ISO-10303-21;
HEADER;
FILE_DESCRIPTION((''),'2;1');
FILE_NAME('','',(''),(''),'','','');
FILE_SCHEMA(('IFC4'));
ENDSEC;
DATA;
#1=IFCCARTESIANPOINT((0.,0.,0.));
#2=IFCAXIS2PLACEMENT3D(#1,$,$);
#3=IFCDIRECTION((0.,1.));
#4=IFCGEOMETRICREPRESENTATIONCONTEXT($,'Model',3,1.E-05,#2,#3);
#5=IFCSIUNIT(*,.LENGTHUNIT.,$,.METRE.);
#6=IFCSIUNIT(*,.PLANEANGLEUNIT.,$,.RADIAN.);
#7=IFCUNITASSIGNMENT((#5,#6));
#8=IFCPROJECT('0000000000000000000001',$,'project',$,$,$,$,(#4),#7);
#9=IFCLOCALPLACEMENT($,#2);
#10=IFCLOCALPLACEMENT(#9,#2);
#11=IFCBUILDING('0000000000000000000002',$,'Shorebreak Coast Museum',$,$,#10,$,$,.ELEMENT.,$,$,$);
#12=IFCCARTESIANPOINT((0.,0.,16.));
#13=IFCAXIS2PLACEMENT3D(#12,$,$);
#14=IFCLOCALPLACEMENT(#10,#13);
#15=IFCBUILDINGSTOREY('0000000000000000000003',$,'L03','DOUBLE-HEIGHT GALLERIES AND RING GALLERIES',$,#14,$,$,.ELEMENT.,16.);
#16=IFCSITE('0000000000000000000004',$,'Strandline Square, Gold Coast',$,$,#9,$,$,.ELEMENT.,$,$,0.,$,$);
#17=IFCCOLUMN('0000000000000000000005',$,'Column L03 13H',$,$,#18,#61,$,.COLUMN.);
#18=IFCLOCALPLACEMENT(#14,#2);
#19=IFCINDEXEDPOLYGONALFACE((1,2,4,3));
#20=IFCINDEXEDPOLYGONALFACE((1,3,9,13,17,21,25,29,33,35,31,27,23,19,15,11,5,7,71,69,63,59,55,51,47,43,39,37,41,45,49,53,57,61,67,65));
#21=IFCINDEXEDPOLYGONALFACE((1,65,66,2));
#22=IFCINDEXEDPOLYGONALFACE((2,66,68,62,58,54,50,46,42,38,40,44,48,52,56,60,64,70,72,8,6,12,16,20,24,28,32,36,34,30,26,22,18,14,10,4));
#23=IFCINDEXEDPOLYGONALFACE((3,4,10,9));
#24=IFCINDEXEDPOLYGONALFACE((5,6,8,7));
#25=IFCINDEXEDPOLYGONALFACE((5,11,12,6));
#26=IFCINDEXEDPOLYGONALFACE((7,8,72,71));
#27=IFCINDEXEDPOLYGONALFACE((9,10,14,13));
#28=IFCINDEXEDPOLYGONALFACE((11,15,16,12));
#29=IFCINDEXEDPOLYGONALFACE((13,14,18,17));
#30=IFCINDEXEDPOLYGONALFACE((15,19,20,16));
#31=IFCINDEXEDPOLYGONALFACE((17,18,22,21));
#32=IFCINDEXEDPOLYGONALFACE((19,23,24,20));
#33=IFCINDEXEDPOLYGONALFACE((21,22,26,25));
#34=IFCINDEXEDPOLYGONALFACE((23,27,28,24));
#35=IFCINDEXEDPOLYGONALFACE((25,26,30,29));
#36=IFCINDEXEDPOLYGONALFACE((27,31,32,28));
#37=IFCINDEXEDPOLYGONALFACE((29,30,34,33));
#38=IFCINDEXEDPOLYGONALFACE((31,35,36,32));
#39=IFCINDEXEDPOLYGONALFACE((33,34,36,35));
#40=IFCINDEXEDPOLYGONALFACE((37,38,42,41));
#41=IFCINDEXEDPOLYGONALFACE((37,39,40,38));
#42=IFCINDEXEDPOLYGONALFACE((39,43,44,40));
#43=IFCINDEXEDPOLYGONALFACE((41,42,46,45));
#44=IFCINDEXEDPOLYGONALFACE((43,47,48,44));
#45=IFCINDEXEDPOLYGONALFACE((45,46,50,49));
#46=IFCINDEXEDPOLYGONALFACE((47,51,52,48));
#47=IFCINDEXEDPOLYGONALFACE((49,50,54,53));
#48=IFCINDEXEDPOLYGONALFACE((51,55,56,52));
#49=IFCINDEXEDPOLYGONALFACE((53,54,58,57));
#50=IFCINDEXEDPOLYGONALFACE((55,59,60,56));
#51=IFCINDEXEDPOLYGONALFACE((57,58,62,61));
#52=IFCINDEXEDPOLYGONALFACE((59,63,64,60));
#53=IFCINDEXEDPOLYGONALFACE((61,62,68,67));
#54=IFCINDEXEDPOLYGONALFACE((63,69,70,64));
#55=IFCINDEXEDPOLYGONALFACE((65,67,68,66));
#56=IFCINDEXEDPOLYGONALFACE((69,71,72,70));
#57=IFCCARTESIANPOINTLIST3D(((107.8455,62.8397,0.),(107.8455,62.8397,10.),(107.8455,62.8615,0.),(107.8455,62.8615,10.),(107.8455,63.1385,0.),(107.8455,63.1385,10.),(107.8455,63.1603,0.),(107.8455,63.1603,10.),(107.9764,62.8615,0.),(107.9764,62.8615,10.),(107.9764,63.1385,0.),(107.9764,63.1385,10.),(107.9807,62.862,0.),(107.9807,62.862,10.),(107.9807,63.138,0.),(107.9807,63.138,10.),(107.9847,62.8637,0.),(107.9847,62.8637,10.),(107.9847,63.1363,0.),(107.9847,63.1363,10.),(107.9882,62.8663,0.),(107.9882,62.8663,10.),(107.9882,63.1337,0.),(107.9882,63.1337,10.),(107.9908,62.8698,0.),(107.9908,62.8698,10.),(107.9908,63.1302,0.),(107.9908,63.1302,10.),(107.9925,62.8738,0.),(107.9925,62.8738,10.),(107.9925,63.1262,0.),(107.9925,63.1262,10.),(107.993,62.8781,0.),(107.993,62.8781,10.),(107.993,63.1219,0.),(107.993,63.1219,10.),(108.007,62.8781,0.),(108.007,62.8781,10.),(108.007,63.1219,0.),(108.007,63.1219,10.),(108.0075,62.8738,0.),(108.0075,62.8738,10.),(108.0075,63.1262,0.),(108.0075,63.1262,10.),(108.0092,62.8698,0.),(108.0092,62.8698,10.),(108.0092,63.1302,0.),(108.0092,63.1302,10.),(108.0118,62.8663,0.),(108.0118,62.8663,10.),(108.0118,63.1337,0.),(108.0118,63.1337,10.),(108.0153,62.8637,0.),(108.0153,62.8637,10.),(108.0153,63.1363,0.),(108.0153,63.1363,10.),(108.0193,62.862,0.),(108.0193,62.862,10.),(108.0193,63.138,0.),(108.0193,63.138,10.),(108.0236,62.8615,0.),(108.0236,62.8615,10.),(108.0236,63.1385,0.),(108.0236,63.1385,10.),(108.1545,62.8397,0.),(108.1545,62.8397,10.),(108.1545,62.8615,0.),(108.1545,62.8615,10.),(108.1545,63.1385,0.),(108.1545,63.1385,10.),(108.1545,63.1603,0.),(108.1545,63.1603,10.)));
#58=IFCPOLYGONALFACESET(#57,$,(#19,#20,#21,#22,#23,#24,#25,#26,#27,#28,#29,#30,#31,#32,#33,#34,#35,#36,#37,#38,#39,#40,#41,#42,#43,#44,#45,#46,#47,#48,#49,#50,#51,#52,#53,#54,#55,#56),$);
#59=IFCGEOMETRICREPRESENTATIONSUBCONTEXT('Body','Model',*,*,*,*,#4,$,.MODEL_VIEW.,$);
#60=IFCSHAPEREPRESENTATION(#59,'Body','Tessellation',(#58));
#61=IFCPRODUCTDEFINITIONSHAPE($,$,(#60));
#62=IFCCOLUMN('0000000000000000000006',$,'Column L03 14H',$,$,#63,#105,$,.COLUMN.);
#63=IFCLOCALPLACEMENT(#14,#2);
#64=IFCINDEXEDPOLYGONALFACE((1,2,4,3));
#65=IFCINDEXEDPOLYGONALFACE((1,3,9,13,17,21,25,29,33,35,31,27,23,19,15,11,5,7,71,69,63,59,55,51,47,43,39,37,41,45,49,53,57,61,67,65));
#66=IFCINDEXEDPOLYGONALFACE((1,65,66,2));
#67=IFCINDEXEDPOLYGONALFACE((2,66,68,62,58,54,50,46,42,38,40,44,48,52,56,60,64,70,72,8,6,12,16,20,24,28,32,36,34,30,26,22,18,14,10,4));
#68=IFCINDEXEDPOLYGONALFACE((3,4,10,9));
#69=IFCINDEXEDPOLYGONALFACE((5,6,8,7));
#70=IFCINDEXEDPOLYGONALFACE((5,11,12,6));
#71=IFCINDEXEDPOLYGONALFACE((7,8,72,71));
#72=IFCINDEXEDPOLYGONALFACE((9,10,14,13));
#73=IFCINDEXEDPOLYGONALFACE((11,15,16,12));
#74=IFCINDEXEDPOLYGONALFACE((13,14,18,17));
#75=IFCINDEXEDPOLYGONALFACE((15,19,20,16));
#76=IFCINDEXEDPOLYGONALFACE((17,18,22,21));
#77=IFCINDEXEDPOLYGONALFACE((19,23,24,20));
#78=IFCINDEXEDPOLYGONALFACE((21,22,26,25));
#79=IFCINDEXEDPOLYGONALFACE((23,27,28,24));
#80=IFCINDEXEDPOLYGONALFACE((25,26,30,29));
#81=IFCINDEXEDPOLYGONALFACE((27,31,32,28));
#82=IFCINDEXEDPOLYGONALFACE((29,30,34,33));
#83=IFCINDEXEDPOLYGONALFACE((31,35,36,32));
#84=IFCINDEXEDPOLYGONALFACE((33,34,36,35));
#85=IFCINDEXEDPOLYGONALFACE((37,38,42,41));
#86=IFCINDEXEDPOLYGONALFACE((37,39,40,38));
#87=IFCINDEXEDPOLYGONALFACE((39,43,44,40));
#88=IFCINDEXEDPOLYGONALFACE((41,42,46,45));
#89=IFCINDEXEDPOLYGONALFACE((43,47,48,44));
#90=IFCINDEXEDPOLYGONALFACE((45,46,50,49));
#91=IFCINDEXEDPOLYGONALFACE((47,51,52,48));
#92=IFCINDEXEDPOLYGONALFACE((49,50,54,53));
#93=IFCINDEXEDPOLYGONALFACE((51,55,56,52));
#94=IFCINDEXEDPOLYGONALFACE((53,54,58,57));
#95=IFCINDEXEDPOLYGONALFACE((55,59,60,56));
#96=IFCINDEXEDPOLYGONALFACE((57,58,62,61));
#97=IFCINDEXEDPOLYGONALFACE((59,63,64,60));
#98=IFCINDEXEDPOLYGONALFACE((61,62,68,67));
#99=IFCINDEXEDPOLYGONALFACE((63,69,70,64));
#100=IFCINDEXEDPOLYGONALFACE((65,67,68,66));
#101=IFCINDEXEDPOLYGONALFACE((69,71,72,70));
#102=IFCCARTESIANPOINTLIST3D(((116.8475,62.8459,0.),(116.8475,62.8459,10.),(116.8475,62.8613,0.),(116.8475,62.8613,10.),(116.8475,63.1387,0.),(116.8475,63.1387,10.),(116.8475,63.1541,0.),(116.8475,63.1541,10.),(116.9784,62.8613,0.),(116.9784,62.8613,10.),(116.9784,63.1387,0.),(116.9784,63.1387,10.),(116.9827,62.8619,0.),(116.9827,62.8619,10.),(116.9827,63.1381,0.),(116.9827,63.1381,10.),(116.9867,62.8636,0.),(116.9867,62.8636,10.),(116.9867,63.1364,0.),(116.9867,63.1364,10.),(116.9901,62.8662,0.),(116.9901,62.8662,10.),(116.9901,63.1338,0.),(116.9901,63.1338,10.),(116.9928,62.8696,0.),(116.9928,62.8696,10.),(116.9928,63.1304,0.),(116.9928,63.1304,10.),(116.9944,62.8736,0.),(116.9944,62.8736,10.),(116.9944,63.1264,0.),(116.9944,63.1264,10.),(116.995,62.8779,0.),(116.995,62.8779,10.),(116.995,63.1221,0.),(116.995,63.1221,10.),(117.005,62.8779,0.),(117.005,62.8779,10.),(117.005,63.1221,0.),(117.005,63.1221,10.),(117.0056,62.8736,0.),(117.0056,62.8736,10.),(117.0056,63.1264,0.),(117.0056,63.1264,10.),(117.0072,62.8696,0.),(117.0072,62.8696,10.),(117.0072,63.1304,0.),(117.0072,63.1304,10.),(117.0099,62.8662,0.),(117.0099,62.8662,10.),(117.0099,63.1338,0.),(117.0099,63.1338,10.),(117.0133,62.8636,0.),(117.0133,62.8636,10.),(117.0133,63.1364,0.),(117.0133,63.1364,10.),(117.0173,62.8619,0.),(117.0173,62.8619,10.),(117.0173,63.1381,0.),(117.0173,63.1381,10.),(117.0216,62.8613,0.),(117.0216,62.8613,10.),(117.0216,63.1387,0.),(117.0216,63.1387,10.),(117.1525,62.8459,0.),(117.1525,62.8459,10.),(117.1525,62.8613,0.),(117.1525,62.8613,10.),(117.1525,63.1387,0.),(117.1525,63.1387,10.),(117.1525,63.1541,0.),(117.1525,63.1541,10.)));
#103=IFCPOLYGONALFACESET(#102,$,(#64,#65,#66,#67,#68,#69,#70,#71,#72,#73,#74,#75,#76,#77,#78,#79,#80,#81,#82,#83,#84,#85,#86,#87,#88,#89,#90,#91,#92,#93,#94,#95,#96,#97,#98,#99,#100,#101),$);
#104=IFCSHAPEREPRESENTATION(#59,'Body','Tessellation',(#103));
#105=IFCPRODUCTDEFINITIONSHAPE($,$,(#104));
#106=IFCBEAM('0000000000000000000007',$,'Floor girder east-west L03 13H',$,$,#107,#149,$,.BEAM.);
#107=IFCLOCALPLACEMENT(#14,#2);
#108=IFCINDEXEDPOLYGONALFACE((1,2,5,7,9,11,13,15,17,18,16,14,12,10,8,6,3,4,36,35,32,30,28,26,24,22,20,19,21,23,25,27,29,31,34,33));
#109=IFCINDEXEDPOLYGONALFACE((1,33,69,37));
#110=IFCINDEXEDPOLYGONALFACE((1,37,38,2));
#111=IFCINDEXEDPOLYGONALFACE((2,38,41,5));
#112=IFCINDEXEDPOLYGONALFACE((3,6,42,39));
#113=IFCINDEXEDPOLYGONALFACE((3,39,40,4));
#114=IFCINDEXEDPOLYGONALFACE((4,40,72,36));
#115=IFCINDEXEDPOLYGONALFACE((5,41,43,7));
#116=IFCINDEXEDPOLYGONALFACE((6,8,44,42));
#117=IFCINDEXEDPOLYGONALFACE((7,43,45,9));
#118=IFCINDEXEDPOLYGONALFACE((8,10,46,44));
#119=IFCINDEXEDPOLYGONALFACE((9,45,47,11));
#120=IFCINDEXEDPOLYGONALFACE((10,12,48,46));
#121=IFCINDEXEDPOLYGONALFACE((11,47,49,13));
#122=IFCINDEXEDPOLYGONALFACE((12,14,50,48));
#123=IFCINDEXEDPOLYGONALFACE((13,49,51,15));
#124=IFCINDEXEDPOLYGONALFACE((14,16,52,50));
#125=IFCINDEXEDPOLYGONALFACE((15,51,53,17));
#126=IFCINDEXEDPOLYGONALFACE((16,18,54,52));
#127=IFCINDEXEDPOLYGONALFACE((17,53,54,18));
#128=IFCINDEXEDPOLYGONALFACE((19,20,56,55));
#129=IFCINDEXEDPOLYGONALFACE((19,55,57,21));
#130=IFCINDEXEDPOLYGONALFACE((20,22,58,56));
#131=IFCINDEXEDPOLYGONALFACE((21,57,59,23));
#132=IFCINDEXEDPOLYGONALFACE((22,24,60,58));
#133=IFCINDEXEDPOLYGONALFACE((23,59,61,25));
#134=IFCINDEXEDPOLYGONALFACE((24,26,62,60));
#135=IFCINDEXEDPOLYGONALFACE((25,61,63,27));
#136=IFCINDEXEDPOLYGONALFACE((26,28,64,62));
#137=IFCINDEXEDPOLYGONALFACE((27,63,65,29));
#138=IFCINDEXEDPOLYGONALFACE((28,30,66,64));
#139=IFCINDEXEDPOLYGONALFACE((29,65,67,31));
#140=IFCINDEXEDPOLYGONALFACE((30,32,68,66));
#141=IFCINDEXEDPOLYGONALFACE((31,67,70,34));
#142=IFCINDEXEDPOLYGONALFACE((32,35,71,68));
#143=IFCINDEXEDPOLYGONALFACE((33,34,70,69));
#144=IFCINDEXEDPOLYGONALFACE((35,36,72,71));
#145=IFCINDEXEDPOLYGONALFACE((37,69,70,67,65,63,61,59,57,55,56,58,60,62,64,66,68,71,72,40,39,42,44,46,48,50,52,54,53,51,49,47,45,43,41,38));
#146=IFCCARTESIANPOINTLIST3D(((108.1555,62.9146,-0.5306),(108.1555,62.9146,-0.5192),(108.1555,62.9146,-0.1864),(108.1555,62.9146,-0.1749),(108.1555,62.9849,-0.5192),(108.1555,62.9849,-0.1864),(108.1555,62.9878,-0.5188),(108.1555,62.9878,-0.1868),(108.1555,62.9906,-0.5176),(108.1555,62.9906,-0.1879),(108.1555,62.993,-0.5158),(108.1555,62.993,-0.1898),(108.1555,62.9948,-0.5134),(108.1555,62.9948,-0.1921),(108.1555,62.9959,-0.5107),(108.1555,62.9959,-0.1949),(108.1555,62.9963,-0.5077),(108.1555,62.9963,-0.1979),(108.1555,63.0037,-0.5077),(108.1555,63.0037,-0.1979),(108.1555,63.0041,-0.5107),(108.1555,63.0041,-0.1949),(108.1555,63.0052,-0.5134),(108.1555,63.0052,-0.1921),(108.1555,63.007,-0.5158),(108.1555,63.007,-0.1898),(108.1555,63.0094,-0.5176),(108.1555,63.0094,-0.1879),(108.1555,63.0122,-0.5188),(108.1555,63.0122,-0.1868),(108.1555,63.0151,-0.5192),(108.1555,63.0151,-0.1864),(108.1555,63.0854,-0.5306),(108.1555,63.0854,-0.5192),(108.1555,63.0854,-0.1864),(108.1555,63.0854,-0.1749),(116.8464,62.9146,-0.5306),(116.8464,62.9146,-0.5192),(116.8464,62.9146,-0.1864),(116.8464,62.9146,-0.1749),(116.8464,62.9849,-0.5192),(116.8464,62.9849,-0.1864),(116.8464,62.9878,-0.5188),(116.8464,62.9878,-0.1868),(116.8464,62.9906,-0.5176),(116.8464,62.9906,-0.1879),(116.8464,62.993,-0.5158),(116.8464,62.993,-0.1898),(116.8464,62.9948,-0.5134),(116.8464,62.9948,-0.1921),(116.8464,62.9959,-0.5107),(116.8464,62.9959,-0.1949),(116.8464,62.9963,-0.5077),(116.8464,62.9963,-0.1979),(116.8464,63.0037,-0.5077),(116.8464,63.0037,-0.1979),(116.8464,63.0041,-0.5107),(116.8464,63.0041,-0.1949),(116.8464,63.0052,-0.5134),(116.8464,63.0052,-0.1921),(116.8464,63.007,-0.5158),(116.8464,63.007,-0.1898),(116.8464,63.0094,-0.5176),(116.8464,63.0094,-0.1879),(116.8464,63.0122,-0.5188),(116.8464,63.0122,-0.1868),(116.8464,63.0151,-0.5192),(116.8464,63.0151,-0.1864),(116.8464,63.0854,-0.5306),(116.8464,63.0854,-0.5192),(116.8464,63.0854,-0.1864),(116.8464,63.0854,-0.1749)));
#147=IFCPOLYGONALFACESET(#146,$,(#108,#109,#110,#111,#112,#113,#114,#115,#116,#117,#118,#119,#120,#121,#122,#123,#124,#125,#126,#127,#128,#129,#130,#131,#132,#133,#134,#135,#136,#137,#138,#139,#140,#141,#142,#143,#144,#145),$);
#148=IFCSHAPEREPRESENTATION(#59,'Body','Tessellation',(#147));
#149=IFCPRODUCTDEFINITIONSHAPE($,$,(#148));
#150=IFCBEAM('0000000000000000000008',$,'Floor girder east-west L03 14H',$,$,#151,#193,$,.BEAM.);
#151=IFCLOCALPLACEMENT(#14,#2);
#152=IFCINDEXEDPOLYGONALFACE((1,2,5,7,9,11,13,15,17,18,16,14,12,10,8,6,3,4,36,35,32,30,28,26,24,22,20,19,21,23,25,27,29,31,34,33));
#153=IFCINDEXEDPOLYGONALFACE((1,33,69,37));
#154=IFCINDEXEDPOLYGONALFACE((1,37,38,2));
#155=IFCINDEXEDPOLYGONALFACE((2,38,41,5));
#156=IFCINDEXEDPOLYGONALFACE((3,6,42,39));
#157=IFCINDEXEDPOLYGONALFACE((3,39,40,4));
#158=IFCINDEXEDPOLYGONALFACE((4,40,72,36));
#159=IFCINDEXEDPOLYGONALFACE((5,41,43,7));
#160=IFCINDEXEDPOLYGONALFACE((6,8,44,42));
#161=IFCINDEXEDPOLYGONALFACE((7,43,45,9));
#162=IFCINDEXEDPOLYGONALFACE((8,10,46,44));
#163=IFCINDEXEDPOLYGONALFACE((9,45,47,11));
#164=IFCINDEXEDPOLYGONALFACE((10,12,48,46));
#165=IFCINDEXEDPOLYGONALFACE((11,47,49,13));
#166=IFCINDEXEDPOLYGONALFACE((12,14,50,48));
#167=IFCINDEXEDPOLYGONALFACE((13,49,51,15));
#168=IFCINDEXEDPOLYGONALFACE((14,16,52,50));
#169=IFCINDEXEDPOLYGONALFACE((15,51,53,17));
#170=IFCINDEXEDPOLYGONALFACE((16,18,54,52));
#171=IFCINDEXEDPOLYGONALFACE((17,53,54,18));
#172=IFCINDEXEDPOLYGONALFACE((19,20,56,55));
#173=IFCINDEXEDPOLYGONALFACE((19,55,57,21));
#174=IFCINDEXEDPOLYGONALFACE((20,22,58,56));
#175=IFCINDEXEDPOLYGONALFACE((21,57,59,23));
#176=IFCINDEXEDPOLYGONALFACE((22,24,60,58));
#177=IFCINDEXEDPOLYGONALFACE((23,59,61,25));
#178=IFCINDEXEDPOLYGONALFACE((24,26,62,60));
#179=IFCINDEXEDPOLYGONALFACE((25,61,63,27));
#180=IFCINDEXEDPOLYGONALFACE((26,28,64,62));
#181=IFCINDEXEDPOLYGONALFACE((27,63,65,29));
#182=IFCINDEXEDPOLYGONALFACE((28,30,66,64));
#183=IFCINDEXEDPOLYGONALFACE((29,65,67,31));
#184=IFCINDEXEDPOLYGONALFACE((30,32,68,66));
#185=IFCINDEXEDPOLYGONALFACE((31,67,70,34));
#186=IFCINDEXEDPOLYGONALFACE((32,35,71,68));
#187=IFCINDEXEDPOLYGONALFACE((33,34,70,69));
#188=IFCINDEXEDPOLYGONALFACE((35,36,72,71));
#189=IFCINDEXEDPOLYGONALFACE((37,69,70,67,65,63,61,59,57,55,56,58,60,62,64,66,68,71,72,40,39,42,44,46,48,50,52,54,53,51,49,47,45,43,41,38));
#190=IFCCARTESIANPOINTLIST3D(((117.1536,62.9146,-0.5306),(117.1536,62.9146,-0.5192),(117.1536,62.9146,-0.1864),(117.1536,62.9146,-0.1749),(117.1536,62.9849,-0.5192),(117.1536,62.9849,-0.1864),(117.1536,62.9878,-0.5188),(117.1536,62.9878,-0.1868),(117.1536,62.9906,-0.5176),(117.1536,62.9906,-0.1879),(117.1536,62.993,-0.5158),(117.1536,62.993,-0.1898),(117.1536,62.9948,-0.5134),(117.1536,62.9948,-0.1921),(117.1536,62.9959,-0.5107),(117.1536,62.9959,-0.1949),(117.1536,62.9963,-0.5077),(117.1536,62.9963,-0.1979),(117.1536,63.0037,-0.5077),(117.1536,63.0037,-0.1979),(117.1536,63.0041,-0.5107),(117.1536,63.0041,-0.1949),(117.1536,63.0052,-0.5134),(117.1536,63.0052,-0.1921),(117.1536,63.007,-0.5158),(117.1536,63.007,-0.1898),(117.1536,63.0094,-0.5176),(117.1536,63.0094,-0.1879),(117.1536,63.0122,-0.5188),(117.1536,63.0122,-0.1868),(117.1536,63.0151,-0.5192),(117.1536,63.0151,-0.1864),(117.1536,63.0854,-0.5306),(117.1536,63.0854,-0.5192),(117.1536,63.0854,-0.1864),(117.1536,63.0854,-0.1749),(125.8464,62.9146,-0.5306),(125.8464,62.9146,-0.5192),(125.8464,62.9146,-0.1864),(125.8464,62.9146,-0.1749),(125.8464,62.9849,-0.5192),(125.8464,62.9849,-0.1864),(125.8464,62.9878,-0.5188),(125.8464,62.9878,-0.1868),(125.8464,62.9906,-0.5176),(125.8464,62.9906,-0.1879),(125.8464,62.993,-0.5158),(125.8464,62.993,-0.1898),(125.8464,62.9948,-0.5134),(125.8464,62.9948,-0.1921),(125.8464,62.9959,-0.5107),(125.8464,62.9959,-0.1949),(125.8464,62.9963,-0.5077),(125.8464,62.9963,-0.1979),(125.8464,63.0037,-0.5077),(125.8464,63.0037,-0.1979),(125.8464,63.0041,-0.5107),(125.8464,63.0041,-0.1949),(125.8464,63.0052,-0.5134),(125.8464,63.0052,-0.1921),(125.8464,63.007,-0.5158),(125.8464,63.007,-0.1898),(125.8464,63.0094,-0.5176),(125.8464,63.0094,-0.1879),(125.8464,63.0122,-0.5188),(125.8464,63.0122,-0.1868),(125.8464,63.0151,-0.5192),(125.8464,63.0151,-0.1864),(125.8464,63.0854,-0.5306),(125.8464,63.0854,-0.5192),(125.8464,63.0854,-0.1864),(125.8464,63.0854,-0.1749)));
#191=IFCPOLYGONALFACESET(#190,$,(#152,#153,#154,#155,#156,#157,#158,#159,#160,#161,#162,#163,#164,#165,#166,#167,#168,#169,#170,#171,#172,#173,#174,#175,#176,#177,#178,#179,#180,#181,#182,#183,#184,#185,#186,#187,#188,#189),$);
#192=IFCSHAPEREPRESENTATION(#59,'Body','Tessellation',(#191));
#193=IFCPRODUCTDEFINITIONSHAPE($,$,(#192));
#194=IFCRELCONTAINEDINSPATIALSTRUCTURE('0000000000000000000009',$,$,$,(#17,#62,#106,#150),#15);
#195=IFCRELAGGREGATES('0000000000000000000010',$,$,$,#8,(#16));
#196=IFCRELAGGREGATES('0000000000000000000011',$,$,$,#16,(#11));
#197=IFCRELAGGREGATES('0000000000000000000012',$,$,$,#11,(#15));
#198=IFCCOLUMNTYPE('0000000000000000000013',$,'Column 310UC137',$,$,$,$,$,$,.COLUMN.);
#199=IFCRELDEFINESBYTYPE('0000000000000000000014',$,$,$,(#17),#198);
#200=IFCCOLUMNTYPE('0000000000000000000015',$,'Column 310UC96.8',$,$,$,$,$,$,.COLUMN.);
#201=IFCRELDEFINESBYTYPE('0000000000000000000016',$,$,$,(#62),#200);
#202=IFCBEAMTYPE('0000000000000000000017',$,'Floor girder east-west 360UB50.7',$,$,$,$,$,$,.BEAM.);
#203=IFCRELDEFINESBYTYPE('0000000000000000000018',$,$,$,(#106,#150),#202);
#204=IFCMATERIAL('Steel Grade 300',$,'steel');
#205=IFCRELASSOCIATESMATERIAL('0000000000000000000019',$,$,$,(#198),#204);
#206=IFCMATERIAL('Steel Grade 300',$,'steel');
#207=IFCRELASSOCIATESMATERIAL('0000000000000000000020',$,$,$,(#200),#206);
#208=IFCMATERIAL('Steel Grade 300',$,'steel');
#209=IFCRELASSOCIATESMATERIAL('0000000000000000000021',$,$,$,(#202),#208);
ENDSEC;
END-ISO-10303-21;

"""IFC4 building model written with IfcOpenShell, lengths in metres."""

from ifc_helpers import new_model, si_unit, direction, frame, origin, origin_2d, place, context, subcontext, project, spatial, i_section, extrude, material, material_profile, profile_set, type_object, element, save


model = new_model("IFC4")

# Units and contexts
model_context = context("Model", 3, precision=1e-05, world=origin(), true_north=direction((0.0, 1.0)))
body_context = subcontext(model_context, "Body", "Model", "MODEL_VIEW")
ifc_project = project(units=[si_unit("LENGTHUNIT", "METRE"), si_unit("PLANEANGLEUNIT", "RADIAN")], contexts=[model_context])

# Site, building, storey
site_placement = place(None, origin())
site = spatial("IfcSite", under=ifc_project, at=site_placement, Name="Strandline Square, Gold Coast", CompositionType="ELEMENT", RefElevation=0.0)
building_placement = place(site_placement, origin())
building = spatial("IfcBuilding", under=site, at=building_placement, Name="Shorebreak Coast Museum", CompositionType="ELEMENT")
storey_placement = place(building_placement, frame((0.0, 0.0, 16.0)))
storey = spatial("IfcBuildingStorey", under=building, at=storey_placement, Name="L03", Description="DOUBLE-HEIGHT GALLERIES AND RING GALLERIES", CompositionType="ELEMENT", Elevation=16.0)

# Columns
ifc_material_1 = material(Name="Steel Grade 300", Category="steel")
ifc_material_profile_1 = material_profile(ifc_material_1, i_section(OverallWidth=0.3091, OverallDepth=0.3206, WebThickness=0.0139, FlangeThickness=0.0217, FilletRadius=0.0166, at=origin_2d()), Name="310UC137")
ifc_profile_set_1 = profile_set([ifc_material_profile_1], Name="Steel Grade 300")
column_type_1 = type_object("IfcColumnType", Name="Column 310UC137", PredefinedType="COLUMN", material=ifc_profile_set_1)
column_1_placement = place(storey_placement, frame((108.0, 63.0, 0.0), z_axis=(0.0, 0.0, 1.0), x_axis=(1.0, 0.0, 0.0)))
element("IfcColumn", 1, at=column_1_placement, inside=storey, type_object=column_type_1, Name="Column L03 13H", PredefinedType="COLUMN", context=body_context, shape_type="SweptSolid", body=[
    extrude(i_section(OverallWidth=0.3091, OverallDepth=0.3206, WebThickness=0.0139, FlangeThickness=0.0217, FilletRadius=0.0166, at=origin_2d()), origin(), (0.0, 0.0, 1.0), 10.0),
])
ifc_material_2 = material(Name="Steel Grade 300", Category="steel")
ifc_material_profile_2 = material_profile(ifc_material_2, i_section(OverallWidth=0.3049, OverallDepth=0.3081, WebThickness=0.01, FlangeThickness=0.0154, FilletRadius=0.0166, at=origin_2d()), Name="310UC96.8")
ifc_profile_set_2 = profile_set([ifc_material_profile_2], Name="Steel Grade 300")
column_type_2 = type_object("IfcColumnType", Name="Column 310UC96.8", PredefinedType="COLUMN", material=ifc_profile_set_2)
column_2_placement = place(storey_placement, frame((117.0, 63.0, 0.0), z_axis=(0.0, 0.0, 1.0), x_axis=(1.0, 0.0, 0.0)))
element("IfcColumn", 2, at=column_2_placement, inside=storey, type_object=column_type_2, Name="Column L03 14H", PredefinedType="COLUMN", context=body_context, shape_type="SweptSolid", body=[
    extrude(i_section(OverallWidth=0.3049, OverallDepth=0.3081, WebThickness=0.01, FlangeThickness=0.0154, FilletRadius=0.0166, at=origin_2d()), origin(), (0.0, 0.0, 1.0), 10.0),
])

# Beams
ifc_material_3 = material(Name="Steel Grade 300", Category="steel")
ifc_material_profile_3 = material_profile(ifc_material_3, i_section(OverallWidth=0.1709, OverallDepth=0.3557, WebThickness=0.0073, FlangeThickness=0.0115, FilletRadius=0.0115, at=origin_2d()), Name="360UB50.7")
ifc_profile_set_3 = profile_set([ifc_material_profile_3], Name="Steel Grade 300")
beam_type = type_object("IfcBeamType", Name="Floor girder east-west 360UB50.7", PredefinedType="BEAM", material=ifc_profile_set_3)
beam_1_placement = place(storey_placement, frame((108.1555, 63.0, -0.3528), z_axis=(1.0, 0.0, 0.0), x_axis=(0.0, 1.0, 0.0)))
element("IfcBeam", 3, at=beam_1_placement, inside=storey, type_object=beam_type, Name="Floor girder east-west L03 13H", PredefinedType="BEAM", context=body_context, shape_type="SweptSolid", body=[
    extrude(i_section(OverallWidth=0.1709, OverallDepth=0.3557, WebThickness=0.0073, FlangeThickness=0.0115, FilletRadius=0.0115, at=origin_2d()), origin(), (0.0, 0.0, 1.0), 8.6909),
])
beam_2_placement = place(storey_placement, frame((117.1536, 63.0, -0.3528), z_axis=(1.0, 0.0, 0.0), x_axis=(0.0, 1.0, 0.0)))
element("IfcBeam", 4, at=beam_2_placement, inside=storey, type_object=beam_type, Name="Floor girder east-west L03 14H", PredefinedType="BEAM", context=body_context, shape_type="SweptSolid", body=[
    extrude(i_section(OverallWidth=0.1709, OverallDepth=0.3557, WebThickness=0.0073, FlangeThickness=0.0115, FilletRadius=0.0115, at=origin_2d()), origin(), (0.0, 0.0, 1.0), 8.6929),
])

save(model, "model.ifc")
